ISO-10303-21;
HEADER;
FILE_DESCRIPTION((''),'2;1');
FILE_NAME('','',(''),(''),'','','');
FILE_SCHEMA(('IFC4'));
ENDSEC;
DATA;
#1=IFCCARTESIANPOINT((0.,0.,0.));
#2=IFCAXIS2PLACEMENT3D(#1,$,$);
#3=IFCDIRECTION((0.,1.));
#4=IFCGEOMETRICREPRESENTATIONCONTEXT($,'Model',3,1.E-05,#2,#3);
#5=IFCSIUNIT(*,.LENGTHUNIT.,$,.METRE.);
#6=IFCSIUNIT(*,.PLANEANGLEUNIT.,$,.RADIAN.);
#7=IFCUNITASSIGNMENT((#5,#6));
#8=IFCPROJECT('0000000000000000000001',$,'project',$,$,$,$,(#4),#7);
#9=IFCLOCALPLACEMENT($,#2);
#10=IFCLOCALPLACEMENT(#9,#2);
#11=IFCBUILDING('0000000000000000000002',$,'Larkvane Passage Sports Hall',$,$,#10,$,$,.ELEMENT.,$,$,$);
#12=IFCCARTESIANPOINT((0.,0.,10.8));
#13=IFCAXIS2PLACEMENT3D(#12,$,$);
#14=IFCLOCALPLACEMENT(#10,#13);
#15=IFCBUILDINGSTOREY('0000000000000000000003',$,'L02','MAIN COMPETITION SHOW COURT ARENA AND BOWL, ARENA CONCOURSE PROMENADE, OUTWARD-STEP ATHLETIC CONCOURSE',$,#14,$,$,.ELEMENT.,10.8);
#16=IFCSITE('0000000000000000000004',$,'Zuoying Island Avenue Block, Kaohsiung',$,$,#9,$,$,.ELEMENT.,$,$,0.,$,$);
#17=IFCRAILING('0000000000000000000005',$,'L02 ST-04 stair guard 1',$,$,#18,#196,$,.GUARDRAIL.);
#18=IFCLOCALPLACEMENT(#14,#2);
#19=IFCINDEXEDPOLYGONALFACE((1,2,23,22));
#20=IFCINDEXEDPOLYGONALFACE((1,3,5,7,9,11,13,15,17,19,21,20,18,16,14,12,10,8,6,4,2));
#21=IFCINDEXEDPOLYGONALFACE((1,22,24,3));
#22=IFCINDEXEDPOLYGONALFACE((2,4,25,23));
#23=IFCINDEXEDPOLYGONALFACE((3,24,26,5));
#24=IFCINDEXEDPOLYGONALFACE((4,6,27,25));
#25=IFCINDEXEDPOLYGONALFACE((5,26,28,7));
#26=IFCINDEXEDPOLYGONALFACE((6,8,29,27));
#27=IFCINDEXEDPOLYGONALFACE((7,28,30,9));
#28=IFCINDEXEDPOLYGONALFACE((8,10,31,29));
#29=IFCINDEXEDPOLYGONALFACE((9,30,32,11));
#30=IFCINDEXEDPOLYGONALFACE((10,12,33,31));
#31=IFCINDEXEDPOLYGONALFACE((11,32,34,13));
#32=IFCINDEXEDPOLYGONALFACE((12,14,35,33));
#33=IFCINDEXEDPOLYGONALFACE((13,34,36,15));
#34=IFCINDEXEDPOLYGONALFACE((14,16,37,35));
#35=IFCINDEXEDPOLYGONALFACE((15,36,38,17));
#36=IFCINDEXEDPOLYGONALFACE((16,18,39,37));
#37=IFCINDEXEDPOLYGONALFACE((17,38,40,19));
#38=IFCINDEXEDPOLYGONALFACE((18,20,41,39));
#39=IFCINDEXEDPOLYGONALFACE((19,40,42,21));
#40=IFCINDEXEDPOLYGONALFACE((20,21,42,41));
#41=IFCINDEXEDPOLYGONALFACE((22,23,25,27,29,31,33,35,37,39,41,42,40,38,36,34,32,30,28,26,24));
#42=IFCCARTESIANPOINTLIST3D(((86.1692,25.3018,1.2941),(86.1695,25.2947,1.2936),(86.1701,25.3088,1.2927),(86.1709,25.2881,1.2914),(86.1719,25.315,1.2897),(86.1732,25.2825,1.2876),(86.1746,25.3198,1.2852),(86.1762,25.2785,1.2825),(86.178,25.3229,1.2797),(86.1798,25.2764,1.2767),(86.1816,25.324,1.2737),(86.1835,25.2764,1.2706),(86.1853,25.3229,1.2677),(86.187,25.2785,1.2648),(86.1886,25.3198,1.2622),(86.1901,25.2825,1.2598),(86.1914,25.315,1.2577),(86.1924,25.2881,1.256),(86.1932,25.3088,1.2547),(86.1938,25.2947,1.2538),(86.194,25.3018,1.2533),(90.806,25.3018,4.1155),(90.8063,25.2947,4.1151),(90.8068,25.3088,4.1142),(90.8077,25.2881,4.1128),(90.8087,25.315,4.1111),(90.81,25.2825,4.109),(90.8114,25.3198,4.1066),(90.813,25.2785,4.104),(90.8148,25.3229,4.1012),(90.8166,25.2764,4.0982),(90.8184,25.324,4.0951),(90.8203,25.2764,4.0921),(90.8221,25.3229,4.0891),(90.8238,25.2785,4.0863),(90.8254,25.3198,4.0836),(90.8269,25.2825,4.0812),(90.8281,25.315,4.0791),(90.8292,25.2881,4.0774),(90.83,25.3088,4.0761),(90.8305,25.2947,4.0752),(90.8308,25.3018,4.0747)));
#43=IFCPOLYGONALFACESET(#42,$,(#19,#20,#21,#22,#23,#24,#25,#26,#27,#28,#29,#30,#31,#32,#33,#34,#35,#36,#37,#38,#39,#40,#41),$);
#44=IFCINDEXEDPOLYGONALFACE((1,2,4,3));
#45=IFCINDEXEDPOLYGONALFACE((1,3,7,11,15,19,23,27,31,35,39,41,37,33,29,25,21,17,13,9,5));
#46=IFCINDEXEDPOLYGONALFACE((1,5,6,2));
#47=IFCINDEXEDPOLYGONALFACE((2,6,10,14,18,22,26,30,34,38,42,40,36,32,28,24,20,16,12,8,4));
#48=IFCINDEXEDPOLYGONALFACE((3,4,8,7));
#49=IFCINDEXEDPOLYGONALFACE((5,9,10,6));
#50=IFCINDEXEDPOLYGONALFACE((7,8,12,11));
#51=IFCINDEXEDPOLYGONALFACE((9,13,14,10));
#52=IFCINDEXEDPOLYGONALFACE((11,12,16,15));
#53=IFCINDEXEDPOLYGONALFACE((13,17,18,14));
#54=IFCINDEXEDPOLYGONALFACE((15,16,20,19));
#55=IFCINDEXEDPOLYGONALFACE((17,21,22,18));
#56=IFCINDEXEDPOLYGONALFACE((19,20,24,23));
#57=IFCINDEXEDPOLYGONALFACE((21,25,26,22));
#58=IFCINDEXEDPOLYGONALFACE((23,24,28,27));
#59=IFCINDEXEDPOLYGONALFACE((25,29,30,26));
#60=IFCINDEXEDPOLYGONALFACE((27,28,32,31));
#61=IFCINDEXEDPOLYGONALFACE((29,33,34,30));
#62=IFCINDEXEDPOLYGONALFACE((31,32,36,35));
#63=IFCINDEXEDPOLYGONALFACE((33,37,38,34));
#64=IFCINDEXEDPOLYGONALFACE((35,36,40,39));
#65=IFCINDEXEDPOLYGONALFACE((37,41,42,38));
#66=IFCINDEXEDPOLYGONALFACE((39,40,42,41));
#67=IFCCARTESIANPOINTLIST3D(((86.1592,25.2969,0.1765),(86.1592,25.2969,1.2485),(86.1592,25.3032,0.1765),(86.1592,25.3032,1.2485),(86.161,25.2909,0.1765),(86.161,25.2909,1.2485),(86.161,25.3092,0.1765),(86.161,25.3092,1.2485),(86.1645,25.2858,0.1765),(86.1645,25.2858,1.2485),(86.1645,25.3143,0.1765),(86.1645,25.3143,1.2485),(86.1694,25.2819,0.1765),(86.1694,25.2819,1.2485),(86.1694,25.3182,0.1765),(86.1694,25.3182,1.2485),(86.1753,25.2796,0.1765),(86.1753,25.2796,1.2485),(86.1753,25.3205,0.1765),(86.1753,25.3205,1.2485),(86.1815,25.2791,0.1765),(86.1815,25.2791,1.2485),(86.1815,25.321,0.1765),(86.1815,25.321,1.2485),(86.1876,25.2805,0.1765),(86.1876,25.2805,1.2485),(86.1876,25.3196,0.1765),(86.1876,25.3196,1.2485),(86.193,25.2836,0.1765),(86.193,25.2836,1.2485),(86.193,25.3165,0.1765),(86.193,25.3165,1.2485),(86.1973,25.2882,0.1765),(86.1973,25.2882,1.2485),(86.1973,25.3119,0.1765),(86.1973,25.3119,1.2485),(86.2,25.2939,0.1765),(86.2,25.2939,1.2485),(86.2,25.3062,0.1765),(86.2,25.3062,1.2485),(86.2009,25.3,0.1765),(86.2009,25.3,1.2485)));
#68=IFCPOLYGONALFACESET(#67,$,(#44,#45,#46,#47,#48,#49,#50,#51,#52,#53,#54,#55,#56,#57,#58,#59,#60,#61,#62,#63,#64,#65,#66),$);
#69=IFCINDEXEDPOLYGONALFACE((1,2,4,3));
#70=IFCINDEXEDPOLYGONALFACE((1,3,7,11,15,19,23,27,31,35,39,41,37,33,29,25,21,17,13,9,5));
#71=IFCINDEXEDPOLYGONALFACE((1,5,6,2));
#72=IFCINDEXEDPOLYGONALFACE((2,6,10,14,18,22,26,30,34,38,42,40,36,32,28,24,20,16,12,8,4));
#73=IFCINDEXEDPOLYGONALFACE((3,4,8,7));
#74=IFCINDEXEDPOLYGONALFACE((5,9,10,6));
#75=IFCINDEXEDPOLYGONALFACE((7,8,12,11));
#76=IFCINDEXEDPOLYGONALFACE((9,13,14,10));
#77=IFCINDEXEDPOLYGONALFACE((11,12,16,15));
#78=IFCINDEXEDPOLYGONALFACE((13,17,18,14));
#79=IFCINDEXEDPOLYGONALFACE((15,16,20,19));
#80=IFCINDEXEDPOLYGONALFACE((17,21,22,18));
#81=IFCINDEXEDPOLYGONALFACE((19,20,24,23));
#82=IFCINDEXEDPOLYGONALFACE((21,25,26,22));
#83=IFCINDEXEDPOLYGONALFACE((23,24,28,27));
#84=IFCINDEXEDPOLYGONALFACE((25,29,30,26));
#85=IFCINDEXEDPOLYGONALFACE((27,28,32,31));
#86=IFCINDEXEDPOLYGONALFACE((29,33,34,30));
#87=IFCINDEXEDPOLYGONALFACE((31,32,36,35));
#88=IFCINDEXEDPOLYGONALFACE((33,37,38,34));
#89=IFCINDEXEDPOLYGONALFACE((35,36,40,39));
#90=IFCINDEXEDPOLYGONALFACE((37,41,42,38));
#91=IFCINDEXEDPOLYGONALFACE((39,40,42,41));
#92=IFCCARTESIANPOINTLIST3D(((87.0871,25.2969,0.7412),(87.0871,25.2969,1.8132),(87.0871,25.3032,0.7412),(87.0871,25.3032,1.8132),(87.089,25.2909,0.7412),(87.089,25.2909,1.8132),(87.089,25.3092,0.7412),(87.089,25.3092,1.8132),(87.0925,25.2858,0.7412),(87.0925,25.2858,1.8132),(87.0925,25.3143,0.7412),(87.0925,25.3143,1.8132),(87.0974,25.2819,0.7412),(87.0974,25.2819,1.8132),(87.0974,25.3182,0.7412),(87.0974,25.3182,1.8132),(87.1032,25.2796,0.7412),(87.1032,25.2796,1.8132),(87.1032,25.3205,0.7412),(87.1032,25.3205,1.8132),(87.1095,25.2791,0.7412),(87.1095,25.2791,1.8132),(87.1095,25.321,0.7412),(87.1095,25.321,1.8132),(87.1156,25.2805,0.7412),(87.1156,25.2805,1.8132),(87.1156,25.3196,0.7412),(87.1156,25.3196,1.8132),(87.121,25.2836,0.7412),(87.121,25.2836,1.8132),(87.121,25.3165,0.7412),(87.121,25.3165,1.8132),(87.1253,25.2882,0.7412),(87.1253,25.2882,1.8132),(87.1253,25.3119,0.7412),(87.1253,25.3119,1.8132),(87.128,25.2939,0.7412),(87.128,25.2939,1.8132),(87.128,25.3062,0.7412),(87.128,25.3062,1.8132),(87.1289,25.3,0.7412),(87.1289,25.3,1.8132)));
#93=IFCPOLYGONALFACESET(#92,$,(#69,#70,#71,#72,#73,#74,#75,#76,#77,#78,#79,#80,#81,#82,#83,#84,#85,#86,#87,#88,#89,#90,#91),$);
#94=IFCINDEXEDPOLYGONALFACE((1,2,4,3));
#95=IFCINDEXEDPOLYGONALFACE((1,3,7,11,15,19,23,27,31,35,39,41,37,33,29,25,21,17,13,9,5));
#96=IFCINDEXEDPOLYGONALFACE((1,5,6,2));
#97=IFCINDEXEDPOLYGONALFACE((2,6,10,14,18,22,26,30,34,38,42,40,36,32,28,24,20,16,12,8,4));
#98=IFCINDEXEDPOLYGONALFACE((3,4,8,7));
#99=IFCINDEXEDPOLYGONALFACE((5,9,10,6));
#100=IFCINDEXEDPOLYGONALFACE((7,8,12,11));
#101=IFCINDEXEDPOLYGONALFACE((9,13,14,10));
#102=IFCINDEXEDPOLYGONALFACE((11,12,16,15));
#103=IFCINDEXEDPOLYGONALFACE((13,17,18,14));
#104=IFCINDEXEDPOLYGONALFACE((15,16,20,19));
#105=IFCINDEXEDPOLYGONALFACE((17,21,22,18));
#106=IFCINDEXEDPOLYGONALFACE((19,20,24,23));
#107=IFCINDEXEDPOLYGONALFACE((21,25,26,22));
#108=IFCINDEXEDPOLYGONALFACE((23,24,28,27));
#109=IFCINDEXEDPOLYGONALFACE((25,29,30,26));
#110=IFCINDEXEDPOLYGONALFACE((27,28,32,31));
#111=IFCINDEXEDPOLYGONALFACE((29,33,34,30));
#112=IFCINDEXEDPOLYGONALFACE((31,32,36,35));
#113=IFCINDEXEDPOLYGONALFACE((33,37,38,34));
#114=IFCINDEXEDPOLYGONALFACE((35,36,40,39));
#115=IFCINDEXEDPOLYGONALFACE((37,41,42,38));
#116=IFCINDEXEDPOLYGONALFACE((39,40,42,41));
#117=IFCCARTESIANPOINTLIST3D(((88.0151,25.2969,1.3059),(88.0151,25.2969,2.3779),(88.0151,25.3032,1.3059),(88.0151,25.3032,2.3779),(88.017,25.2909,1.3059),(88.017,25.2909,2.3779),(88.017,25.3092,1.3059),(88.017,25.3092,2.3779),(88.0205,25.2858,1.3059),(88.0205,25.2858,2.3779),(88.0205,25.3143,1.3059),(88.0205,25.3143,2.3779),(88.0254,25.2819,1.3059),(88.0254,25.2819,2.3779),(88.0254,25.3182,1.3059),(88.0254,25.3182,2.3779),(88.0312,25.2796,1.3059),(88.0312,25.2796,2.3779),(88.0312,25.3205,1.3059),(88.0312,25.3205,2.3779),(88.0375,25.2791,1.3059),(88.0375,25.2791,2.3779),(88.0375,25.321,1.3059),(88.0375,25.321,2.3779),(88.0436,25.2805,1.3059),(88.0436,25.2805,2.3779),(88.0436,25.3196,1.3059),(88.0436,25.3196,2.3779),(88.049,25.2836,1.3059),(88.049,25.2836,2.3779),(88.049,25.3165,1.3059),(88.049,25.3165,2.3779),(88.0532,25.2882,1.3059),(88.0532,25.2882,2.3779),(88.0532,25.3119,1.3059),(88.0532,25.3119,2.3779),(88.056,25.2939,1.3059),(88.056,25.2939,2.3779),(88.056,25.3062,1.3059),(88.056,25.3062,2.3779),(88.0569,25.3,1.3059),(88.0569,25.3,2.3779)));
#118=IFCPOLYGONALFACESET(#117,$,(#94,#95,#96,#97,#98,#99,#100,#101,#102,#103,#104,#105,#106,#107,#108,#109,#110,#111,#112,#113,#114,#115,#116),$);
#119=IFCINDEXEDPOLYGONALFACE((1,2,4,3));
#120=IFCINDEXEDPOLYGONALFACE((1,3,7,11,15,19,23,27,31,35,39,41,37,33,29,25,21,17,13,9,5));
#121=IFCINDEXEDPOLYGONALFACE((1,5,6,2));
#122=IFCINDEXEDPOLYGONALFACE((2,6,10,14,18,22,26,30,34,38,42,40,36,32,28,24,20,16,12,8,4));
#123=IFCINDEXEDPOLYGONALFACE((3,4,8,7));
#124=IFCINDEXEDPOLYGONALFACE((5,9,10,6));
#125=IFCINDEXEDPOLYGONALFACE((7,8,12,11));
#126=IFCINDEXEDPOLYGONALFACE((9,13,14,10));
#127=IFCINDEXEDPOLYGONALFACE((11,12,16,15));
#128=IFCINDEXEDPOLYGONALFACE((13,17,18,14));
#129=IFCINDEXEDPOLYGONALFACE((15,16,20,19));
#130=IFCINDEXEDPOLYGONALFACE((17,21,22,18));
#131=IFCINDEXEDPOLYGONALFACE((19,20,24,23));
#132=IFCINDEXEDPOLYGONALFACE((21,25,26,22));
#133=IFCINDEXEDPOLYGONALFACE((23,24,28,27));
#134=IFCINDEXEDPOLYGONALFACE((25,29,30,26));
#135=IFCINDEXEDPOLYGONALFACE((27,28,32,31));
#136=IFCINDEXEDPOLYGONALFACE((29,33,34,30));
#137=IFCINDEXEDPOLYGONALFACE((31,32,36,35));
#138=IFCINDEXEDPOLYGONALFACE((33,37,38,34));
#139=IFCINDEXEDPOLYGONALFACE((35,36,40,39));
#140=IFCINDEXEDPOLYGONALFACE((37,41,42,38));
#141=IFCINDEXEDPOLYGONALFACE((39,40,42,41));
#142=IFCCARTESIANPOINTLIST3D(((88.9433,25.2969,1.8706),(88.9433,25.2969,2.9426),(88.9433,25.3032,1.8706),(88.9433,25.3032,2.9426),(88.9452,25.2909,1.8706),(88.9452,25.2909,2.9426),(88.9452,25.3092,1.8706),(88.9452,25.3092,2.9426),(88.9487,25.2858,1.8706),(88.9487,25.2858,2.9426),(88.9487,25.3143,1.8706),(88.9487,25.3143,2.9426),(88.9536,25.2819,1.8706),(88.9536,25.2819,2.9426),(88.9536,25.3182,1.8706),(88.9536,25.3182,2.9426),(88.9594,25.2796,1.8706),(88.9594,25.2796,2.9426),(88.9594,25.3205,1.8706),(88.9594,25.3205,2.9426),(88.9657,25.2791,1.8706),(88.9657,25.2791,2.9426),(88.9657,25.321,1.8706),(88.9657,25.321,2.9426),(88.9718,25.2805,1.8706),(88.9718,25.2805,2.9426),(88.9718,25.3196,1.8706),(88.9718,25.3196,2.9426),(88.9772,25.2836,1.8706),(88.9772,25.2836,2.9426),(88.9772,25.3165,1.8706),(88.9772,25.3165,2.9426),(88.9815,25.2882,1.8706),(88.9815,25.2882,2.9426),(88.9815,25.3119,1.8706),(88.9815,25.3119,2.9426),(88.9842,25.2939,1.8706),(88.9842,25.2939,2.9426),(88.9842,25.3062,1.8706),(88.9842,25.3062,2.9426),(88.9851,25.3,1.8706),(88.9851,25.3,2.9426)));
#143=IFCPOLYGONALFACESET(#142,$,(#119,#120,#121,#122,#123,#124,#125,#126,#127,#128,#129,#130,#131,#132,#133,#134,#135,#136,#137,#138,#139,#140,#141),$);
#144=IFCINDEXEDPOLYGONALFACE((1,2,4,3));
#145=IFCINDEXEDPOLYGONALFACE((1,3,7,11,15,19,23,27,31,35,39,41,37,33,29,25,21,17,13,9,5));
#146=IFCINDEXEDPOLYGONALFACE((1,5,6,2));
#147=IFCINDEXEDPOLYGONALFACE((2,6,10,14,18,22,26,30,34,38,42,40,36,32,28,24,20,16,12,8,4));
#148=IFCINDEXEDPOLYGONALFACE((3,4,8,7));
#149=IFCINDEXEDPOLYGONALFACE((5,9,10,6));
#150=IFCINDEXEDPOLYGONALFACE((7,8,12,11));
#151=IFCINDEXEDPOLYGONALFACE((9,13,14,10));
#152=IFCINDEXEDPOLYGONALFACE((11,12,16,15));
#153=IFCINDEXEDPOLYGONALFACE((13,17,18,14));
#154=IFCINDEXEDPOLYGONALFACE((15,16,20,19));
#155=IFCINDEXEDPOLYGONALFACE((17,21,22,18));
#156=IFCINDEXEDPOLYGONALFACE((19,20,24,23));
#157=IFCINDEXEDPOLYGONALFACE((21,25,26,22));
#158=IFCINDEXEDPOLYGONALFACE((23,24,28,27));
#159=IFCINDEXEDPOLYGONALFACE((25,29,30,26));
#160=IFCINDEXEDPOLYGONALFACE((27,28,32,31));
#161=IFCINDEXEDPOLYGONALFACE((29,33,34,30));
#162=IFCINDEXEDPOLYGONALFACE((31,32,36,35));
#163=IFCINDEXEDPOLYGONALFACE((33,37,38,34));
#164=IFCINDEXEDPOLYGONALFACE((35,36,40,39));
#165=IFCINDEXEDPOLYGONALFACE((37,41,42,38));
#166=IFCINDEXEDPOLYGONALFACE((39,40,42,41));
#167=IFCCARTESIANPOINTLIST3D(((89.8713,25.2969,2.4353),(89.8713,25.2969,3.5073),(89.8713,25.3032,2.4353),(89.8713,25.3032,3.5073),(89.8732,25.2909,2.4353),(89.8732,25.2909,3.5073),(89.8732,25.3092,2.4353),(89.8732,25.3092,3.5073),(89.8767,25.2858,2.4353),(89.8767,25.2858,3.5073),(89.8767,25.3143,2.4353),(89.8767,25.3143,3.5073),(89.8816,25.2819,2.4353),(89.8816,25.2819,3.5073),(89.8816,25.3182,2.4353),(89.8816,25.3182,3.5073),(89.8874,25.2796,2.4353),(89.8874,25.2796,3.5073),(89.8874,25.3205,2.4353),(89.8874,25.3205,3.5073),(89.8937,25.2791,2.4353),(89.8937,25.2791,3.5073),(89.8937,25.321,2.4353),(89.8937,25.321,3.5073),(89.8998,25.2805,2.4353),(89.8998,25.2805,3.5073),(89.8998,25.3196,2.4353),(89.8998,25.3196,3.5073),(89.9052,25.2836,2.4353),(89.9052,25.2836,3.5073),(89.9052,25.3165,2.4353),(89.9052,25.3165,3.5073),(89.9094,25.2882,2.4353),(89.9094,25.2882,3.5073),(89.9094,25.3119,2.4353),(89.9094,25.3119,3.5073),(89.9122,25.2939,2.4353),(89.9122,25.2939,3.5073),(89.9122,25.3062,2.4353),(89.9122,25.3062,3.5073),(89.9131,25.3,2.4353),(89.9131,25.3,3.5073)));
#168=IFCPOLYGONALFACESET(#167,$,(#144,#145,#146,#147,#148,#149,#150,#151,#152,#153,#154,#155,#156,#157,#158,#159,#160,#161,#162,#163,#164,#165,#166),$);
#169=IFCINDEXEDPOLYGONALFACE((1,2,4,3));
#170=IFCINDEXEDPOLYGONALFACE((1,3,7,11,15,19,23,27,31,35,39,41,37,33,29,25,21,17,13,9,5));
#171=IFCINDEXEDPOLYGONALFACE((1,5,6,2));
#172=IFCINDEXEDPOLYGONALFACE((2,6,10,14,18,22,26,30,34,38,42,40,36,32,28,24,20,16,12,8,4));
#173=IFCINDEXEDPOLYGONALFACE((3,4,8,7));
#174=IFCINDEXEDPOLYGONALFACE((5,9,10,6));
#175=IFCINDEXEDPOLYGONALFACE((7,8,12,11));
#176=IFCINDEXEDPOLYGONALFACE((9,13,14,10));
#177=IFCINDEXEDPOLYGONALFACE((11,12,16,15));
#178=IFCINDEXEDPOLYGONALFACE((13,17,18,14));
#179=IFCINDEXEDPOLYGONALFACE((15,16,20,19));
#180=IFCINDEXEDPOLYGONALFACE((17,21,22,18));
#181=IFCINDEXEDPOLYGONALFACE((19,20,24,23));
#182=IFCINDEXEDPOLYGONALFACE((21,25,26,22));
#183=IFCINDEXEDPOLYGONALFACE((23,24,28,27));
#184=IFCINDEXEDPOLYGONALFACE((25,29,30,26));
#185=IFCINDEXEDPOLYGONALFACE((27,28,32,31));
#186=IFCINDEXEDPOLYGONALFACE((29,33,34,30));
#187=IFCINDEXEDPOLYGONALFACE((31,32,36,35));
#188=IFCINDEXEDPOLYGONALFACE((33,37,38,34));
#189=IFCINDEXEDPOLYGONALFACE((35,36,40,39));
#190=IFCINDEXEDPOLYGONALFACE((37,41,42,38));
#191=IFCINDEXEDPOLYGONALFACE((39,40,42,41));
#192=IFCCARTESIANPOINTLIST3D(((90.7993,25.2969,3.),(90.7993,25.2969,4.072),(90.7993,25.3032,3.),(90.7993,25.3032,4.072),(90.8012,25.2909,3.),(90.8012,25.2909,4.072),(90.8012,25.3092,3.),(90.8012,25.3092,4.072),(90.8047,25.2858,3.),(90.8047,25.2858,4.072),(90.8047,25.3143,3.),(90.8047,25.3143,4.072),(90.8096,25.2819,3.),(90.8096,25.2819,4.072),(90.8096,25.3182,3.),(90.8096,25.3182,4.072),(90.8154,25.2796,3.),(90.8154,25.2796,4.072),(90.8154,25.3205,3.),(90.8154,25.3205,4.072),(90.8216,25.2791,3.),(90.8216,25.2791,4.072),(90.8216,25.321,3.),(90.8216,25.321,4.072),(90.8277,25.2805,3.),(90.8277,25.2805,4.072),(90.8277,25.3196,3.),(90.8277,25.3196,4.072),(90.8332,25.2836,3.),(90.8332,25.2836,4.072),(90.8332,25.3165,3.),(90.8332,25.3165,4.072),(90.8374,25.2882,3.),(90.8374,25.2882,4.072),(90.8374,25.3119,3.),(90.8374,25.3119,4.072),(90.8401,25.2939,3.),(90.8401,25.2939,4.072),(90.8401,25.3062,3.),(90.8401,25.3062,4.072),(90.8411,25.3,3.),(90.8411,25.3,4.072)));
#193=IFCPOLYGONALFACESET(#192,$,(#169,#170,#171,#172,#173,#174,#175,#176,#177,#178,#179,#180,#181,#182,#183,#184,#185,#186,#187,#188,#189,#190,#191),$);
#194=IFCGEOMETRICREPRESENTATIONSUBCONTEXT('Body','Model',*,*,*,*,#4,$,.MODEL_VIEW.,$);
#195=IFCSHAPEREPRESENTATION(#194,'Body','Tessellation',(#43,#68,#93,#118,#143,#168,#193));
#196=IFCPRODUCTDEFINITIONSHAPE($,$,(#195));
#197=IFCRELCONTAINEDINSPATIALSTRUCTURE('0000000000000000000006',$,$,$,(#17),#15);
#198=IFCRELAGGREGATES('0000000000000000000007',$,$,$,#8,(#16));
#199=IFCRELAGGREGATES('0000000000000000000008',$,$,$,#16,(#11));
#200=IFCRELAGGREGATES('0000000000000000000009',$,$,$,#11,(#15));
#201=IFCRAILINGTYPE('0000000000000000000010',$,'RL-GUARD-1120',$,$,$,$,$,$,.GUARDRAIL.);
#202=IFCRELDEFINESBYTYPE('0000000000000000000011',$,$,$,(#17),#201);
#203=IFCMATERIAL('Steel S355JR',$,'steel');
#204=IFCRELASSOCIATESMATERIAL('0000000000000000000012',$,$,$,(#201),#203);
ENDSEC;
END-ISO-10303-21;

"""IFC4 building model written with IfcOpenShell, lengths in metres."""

from ifc_helpers import new_model, si_unit, direction, frame, origin, origin_2d, place, context, subcontext, project, spatial, circle, extrude, material, type_object, element, save


model = new_model("IFC4")

# Units and contexts
model_context = context("Model", 3, precision=1e-05, world=origin(), true_north=direction((0.0, 1.0)))
body_context = subcontext(model_context, "Body", "Model", "MODEL_VIEW")
ifc_project = project(units=[si_unit("LENGTHUNIT", "METRE"), si_unit("PLANEANGLEUNIT", "RADIAN")], contexts=[model_context])

# Site, building, storey
site_placement = place(None, origin())
site = spatial("IfcSite", under=ifc_project, at=site_placement, Name="Zuoying Island Avenue Block, Kaohsiung", CompositionType="ELEMENT", RefElevation=0.0)
building_placement = place(site_placement, origin())
building = spatial("IfcBuilding", under=site, at=building_placement, Name="Larkvane Passage Sports Hall", CompositionType="ELEMENT")
storey_placement = place(building_placement, frame((0.0, 0.0, 10.8)))
storey = spatial("IfcBuildingStorey", under=building, at=storey_placement, Name="L02", Description="MAIN COMPETITION SHOW COURT ARENA AND BOWL, ARENA CONCOURSE PROMENADE, OUTWARD-STEP ATHLETIC CONCOURSE", CompositionType="ELEMENT", Elevation=10.8)

# Shared definitions
ifc_material_1 = material(Name="Steel S355JR", Category="steel")

# Railing
railing_type_1 = type_object("IfcRailingType", Name="RL-GUARD-1120", PredefinedType="GUARDRAIL", material=ifc_material_1)
railing_1_placement = place(storey_placement, frame((86.1799, 25.3, 0.1765)))
element("IfcRailing", 1, at=railing_1_placement, inside=storey, type_object=railing_type_1, Name="L02 ST-04 stair guard 1", PredefinedType="GUARDRAIL", context=body_context, shape_type="SweptSolid", body=[
    extrude(circle(Radius=0.0239, at=origin_2d()), frame((0.0017, 0.0, 1.0972), z_axis=(0.854276, 0.0, 0.51982), x_axis=(0.0, 1.0, 0.0)), (0.0, 0.0, 1.0), 5.4277),
    extrude(circle(Radius=0.021, at=origin_2d()), origin(), (0.0, 0.0, 1.0), 1.072),
    extrude(circle(Radius=0.021, at=origin_2d()), frame((0.928, 0.0, 0.5647)), (0.0, 0.0, 1.0), 1.072),
    extrude(circle(Radius=0.021, at=origin_2d()), frame((1.856, 0.0, 1.1294)), (0.0, 0.0, 1.0), 1.072),
    extrude(circle(Radius=0.021, at=origin_2d()), frame((2.7842, 0.0, 1.6941)), (0.0, 0.0, 1.0), 1.072),
    extrude(circle(Radius=0.021, at=origin_2d()), frame((3.7122, 0.0, 2.2588)), (0.0, 0.0, 1.0), 1.072),
    extrude(circle(Radius=0.021, at=origin_2d()), frame((4.6401, 0.0, 2.8235)), (0.0, 0.0, 1.0), 1.072),
])

save(model, "model.ifc")
